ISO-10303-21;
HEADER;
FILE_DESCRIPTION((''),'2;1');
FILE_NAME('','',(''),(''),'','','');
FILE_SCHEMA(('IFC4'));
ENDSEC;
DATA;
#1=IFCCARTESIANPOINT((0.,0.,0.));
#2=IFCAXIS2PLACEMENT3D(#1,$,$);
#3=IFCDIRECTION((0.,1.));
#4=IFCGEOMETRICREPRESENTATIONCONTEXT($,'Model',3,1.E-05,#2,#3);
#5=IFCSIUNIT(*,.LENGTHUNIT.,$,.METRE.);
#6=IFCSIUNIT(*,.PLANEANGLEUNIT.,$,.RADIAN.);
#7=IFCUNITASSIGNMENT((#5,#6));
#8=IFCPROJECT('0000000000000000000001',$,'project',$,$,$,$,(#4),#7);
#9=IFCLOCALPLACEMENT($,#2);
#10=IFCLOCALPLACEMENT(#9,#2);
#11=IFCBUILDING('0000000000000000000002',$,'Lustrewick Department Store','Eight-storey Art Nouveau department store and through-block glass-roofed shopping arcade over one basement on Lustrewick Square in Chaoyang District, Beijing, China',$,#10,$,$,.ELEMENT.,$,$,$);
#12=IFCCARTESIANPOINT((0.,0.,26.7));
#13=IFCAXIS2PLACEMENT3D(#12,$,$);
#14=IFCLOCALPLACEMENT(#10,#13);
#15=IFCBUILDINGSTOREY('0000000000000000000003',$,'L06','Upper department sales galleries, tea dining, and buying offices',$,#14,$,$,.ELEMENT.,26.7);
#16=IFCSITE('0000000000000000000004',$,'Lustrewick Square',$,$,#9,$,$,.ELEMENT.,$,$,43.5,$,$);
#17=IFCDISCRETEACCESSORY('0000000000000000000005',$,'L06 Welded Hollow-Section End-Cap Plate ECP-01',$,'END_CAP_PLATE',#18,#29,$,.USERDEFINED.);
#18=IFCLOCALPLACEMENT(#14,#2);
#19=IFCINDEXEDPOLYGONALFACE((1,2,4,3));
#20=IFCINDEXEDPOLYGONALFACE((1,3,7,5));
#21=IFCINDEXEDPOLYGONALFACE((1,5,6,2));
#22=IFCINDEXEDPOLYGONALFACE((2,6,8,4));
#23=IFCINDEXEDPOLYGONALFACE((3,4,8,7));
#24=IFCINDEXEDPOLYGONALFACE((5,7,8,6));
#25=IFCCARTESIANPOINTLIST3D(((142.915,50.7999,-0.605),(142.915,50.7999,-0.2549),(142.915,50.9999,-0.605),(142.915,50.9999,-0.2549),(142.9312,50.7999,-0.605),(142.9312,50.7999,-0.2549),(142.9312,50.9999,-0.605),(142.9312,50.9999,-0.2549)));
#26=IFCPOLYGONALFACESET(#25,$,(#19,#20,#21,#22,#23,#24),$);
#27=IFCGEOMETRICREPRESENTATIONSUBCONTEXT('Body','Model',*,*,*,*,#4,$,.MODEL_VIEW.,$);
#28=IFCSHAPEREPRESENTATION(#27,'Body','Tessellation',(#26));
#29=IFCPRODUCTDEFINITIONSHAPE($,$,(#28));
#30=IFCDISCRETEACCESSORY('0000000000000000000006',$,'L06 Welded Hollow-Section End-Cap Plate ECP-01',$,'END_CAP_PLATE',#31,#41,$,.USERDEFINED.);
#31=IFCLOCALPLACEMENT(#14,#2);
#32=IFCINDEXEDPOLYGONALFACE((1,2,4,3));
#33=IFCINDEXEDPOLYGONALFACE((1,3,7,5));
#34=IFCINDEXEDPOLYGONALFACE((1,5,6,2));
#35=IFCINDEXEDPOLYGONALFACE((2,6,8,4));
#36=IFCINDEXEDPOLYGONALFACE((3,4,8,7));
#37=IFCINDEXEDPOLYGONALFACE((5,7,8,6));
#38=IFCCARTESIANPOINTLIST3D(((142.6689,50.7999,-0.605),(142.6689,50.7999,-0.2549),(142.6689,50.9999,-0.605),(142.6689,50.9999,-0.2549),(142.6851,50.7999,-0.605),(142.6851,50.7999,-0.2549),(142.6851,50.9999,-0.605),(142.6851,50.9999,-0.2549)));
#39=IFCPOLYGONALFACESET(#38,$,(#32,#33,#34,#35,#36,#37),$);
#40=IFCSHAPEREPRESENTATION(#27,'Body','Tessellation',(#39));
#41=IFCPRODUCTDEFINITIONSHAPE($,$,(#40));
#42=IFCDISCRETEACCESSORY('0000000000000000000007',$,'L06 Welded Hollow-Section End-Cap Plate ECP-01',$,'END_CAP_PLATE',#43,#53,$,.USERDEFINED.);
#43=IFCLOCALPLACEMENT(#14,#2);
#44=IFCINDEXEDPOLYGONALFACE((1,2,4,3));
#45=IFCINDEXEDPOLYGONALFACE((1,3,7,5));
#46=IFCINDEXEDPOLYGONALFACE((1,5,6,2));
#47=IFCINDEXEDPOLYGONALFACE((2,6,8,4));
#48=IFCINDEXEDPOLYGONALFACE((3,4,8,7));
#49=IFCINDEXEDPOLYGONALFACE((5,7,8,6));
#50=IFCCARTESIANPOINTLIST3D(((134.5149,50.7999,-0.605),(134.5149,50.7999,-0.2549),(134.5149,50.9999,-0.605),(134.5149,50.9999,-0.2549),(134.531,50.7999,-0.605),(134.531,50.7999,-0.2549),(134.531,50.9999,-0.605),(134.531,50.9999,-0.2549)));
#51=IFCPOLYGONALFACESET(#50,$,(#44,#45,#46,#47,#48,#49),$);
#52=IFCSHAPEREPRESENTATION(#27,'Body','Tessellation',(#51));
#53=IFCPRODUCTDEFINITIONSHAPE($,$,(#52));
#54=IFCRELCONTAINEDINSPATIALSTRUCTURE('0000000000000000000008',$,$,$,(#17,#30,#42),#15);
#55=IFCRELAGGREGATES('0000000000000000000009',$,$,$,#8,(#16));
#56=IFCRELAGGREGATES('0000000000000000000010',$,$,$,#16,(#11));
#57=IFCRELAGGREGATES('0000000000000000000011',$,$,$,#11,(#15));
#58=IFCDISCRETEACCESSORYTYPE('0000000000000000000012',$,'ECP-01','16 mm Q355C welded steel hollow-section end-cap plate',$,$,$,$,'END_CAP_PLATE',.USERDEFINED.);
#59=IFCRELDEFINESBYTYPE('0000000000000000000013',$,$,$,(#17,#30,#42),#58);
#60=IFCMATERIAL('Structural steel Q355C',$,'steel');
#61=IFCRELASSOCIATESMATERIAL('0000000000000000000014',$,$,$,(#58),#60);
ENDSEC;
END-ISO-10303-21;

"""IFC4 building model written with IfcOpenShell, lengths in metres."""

from ifc_helpers import new_model, si_unit, direction, frame, origin, origin_2d, place, context, subcontext, project, spatial, rectangle, extrude, material, type_object, element, save


model = new_model("IFC4")

# Units and contexts
model_context = context("Model", 3, precision=1e-05, world=origin(), true_north=direction((0.0, 1.0)))
body_context = subcontext(model_context, "Body", "Model", "MODEL_VIEW")
ifc_project = project(units=[si_unit("LENGTHUNIT", "METRE"), si_unit("PLANEANGLEUNIT", "RADIAN")], contexts=[model_context])

# Site, building, storey
site_placement = place(None, origin())
site = spatial("IfcSite", under=ifc_project, at=site_placement, Name="Lustrewick Square", CompositionType="ELEMENT", RefElevation=43.5)
building_placement = place(site_placement, origin())
building = spatial("IfcBuilding", under=site, at=building_placement, Name="Lustrewick Department Store", Description="Eight-storey Art Nouveau department store and through-block glass-roofed shopping arcade over one basement on Lustrewick Square in Chaoyang District, Beijing, China", CompositionType="ELEMENT")
storey_placement = place(building_placement, frame((0.0, 0.0, 26.7)))
storey = spatial("IfcBuildingStorey", under=building, at=storey_placement, Name="L06", Description="Upper department sales galleries, tea dining, and buying offices", CompositionType="ELEMENT", Elevation=26.7)

# Shared definitions
ifc_material_1 = material(Name="Structural steel Q355C", Category="steel")

# Discrete accessories
discrete_accessory_type = type_object("IfcDiscreteAccessoryType", Name="ECP-01", Description="16 mm Q355C welded steel hollow-section end-cap plate", ElementType="END_CAP_PLATE", PredefinedType="USERDEFINED", material=ifc_material_1)
for number, where, z_axis, x_axis, name in (
    (1, (142.9312, 50.8999, -0.4299), (-1.0, 0.0, 0.0), (0.0, 1.0, 0.0), "L06 Welded Hollow-Section End-Cap Plate ECP-01"),
    (2, (142.6689, 50.8999, -0.4299), (1.0, 0.0, 0.0), (0.0, 1.0, 0.0), "L06 Welded Hollow-Section End-Cap Plate ECP-01"),
    (3, (134.531, 50.8999, -0.4299), (-1.0, 0.0, 0.0), (0.0, 1.0, 0.0), "L06 Welded Hollow-Section End-Cap Plate ECP-01"),
):
    element("IfcDiscreteAccessory", number, at=place(storey_placement, frame(where, z_axis=z_axis, x_axis=x_axis)), inside=storey, type_object=discrete_accessory_type, Name=name, ObjectType="END_CAP_PLATE", PredefinedType="USERDEFINED", context=body_context, shape_type="SweptSolid", body=[
        extrude(rectangle(XDim=0.2, YDim=0.3501, at=origin_2d()), origin(), (0.0, 0.0, 1.0), 0.0161),
    ])

save(model, "model.ifc")
